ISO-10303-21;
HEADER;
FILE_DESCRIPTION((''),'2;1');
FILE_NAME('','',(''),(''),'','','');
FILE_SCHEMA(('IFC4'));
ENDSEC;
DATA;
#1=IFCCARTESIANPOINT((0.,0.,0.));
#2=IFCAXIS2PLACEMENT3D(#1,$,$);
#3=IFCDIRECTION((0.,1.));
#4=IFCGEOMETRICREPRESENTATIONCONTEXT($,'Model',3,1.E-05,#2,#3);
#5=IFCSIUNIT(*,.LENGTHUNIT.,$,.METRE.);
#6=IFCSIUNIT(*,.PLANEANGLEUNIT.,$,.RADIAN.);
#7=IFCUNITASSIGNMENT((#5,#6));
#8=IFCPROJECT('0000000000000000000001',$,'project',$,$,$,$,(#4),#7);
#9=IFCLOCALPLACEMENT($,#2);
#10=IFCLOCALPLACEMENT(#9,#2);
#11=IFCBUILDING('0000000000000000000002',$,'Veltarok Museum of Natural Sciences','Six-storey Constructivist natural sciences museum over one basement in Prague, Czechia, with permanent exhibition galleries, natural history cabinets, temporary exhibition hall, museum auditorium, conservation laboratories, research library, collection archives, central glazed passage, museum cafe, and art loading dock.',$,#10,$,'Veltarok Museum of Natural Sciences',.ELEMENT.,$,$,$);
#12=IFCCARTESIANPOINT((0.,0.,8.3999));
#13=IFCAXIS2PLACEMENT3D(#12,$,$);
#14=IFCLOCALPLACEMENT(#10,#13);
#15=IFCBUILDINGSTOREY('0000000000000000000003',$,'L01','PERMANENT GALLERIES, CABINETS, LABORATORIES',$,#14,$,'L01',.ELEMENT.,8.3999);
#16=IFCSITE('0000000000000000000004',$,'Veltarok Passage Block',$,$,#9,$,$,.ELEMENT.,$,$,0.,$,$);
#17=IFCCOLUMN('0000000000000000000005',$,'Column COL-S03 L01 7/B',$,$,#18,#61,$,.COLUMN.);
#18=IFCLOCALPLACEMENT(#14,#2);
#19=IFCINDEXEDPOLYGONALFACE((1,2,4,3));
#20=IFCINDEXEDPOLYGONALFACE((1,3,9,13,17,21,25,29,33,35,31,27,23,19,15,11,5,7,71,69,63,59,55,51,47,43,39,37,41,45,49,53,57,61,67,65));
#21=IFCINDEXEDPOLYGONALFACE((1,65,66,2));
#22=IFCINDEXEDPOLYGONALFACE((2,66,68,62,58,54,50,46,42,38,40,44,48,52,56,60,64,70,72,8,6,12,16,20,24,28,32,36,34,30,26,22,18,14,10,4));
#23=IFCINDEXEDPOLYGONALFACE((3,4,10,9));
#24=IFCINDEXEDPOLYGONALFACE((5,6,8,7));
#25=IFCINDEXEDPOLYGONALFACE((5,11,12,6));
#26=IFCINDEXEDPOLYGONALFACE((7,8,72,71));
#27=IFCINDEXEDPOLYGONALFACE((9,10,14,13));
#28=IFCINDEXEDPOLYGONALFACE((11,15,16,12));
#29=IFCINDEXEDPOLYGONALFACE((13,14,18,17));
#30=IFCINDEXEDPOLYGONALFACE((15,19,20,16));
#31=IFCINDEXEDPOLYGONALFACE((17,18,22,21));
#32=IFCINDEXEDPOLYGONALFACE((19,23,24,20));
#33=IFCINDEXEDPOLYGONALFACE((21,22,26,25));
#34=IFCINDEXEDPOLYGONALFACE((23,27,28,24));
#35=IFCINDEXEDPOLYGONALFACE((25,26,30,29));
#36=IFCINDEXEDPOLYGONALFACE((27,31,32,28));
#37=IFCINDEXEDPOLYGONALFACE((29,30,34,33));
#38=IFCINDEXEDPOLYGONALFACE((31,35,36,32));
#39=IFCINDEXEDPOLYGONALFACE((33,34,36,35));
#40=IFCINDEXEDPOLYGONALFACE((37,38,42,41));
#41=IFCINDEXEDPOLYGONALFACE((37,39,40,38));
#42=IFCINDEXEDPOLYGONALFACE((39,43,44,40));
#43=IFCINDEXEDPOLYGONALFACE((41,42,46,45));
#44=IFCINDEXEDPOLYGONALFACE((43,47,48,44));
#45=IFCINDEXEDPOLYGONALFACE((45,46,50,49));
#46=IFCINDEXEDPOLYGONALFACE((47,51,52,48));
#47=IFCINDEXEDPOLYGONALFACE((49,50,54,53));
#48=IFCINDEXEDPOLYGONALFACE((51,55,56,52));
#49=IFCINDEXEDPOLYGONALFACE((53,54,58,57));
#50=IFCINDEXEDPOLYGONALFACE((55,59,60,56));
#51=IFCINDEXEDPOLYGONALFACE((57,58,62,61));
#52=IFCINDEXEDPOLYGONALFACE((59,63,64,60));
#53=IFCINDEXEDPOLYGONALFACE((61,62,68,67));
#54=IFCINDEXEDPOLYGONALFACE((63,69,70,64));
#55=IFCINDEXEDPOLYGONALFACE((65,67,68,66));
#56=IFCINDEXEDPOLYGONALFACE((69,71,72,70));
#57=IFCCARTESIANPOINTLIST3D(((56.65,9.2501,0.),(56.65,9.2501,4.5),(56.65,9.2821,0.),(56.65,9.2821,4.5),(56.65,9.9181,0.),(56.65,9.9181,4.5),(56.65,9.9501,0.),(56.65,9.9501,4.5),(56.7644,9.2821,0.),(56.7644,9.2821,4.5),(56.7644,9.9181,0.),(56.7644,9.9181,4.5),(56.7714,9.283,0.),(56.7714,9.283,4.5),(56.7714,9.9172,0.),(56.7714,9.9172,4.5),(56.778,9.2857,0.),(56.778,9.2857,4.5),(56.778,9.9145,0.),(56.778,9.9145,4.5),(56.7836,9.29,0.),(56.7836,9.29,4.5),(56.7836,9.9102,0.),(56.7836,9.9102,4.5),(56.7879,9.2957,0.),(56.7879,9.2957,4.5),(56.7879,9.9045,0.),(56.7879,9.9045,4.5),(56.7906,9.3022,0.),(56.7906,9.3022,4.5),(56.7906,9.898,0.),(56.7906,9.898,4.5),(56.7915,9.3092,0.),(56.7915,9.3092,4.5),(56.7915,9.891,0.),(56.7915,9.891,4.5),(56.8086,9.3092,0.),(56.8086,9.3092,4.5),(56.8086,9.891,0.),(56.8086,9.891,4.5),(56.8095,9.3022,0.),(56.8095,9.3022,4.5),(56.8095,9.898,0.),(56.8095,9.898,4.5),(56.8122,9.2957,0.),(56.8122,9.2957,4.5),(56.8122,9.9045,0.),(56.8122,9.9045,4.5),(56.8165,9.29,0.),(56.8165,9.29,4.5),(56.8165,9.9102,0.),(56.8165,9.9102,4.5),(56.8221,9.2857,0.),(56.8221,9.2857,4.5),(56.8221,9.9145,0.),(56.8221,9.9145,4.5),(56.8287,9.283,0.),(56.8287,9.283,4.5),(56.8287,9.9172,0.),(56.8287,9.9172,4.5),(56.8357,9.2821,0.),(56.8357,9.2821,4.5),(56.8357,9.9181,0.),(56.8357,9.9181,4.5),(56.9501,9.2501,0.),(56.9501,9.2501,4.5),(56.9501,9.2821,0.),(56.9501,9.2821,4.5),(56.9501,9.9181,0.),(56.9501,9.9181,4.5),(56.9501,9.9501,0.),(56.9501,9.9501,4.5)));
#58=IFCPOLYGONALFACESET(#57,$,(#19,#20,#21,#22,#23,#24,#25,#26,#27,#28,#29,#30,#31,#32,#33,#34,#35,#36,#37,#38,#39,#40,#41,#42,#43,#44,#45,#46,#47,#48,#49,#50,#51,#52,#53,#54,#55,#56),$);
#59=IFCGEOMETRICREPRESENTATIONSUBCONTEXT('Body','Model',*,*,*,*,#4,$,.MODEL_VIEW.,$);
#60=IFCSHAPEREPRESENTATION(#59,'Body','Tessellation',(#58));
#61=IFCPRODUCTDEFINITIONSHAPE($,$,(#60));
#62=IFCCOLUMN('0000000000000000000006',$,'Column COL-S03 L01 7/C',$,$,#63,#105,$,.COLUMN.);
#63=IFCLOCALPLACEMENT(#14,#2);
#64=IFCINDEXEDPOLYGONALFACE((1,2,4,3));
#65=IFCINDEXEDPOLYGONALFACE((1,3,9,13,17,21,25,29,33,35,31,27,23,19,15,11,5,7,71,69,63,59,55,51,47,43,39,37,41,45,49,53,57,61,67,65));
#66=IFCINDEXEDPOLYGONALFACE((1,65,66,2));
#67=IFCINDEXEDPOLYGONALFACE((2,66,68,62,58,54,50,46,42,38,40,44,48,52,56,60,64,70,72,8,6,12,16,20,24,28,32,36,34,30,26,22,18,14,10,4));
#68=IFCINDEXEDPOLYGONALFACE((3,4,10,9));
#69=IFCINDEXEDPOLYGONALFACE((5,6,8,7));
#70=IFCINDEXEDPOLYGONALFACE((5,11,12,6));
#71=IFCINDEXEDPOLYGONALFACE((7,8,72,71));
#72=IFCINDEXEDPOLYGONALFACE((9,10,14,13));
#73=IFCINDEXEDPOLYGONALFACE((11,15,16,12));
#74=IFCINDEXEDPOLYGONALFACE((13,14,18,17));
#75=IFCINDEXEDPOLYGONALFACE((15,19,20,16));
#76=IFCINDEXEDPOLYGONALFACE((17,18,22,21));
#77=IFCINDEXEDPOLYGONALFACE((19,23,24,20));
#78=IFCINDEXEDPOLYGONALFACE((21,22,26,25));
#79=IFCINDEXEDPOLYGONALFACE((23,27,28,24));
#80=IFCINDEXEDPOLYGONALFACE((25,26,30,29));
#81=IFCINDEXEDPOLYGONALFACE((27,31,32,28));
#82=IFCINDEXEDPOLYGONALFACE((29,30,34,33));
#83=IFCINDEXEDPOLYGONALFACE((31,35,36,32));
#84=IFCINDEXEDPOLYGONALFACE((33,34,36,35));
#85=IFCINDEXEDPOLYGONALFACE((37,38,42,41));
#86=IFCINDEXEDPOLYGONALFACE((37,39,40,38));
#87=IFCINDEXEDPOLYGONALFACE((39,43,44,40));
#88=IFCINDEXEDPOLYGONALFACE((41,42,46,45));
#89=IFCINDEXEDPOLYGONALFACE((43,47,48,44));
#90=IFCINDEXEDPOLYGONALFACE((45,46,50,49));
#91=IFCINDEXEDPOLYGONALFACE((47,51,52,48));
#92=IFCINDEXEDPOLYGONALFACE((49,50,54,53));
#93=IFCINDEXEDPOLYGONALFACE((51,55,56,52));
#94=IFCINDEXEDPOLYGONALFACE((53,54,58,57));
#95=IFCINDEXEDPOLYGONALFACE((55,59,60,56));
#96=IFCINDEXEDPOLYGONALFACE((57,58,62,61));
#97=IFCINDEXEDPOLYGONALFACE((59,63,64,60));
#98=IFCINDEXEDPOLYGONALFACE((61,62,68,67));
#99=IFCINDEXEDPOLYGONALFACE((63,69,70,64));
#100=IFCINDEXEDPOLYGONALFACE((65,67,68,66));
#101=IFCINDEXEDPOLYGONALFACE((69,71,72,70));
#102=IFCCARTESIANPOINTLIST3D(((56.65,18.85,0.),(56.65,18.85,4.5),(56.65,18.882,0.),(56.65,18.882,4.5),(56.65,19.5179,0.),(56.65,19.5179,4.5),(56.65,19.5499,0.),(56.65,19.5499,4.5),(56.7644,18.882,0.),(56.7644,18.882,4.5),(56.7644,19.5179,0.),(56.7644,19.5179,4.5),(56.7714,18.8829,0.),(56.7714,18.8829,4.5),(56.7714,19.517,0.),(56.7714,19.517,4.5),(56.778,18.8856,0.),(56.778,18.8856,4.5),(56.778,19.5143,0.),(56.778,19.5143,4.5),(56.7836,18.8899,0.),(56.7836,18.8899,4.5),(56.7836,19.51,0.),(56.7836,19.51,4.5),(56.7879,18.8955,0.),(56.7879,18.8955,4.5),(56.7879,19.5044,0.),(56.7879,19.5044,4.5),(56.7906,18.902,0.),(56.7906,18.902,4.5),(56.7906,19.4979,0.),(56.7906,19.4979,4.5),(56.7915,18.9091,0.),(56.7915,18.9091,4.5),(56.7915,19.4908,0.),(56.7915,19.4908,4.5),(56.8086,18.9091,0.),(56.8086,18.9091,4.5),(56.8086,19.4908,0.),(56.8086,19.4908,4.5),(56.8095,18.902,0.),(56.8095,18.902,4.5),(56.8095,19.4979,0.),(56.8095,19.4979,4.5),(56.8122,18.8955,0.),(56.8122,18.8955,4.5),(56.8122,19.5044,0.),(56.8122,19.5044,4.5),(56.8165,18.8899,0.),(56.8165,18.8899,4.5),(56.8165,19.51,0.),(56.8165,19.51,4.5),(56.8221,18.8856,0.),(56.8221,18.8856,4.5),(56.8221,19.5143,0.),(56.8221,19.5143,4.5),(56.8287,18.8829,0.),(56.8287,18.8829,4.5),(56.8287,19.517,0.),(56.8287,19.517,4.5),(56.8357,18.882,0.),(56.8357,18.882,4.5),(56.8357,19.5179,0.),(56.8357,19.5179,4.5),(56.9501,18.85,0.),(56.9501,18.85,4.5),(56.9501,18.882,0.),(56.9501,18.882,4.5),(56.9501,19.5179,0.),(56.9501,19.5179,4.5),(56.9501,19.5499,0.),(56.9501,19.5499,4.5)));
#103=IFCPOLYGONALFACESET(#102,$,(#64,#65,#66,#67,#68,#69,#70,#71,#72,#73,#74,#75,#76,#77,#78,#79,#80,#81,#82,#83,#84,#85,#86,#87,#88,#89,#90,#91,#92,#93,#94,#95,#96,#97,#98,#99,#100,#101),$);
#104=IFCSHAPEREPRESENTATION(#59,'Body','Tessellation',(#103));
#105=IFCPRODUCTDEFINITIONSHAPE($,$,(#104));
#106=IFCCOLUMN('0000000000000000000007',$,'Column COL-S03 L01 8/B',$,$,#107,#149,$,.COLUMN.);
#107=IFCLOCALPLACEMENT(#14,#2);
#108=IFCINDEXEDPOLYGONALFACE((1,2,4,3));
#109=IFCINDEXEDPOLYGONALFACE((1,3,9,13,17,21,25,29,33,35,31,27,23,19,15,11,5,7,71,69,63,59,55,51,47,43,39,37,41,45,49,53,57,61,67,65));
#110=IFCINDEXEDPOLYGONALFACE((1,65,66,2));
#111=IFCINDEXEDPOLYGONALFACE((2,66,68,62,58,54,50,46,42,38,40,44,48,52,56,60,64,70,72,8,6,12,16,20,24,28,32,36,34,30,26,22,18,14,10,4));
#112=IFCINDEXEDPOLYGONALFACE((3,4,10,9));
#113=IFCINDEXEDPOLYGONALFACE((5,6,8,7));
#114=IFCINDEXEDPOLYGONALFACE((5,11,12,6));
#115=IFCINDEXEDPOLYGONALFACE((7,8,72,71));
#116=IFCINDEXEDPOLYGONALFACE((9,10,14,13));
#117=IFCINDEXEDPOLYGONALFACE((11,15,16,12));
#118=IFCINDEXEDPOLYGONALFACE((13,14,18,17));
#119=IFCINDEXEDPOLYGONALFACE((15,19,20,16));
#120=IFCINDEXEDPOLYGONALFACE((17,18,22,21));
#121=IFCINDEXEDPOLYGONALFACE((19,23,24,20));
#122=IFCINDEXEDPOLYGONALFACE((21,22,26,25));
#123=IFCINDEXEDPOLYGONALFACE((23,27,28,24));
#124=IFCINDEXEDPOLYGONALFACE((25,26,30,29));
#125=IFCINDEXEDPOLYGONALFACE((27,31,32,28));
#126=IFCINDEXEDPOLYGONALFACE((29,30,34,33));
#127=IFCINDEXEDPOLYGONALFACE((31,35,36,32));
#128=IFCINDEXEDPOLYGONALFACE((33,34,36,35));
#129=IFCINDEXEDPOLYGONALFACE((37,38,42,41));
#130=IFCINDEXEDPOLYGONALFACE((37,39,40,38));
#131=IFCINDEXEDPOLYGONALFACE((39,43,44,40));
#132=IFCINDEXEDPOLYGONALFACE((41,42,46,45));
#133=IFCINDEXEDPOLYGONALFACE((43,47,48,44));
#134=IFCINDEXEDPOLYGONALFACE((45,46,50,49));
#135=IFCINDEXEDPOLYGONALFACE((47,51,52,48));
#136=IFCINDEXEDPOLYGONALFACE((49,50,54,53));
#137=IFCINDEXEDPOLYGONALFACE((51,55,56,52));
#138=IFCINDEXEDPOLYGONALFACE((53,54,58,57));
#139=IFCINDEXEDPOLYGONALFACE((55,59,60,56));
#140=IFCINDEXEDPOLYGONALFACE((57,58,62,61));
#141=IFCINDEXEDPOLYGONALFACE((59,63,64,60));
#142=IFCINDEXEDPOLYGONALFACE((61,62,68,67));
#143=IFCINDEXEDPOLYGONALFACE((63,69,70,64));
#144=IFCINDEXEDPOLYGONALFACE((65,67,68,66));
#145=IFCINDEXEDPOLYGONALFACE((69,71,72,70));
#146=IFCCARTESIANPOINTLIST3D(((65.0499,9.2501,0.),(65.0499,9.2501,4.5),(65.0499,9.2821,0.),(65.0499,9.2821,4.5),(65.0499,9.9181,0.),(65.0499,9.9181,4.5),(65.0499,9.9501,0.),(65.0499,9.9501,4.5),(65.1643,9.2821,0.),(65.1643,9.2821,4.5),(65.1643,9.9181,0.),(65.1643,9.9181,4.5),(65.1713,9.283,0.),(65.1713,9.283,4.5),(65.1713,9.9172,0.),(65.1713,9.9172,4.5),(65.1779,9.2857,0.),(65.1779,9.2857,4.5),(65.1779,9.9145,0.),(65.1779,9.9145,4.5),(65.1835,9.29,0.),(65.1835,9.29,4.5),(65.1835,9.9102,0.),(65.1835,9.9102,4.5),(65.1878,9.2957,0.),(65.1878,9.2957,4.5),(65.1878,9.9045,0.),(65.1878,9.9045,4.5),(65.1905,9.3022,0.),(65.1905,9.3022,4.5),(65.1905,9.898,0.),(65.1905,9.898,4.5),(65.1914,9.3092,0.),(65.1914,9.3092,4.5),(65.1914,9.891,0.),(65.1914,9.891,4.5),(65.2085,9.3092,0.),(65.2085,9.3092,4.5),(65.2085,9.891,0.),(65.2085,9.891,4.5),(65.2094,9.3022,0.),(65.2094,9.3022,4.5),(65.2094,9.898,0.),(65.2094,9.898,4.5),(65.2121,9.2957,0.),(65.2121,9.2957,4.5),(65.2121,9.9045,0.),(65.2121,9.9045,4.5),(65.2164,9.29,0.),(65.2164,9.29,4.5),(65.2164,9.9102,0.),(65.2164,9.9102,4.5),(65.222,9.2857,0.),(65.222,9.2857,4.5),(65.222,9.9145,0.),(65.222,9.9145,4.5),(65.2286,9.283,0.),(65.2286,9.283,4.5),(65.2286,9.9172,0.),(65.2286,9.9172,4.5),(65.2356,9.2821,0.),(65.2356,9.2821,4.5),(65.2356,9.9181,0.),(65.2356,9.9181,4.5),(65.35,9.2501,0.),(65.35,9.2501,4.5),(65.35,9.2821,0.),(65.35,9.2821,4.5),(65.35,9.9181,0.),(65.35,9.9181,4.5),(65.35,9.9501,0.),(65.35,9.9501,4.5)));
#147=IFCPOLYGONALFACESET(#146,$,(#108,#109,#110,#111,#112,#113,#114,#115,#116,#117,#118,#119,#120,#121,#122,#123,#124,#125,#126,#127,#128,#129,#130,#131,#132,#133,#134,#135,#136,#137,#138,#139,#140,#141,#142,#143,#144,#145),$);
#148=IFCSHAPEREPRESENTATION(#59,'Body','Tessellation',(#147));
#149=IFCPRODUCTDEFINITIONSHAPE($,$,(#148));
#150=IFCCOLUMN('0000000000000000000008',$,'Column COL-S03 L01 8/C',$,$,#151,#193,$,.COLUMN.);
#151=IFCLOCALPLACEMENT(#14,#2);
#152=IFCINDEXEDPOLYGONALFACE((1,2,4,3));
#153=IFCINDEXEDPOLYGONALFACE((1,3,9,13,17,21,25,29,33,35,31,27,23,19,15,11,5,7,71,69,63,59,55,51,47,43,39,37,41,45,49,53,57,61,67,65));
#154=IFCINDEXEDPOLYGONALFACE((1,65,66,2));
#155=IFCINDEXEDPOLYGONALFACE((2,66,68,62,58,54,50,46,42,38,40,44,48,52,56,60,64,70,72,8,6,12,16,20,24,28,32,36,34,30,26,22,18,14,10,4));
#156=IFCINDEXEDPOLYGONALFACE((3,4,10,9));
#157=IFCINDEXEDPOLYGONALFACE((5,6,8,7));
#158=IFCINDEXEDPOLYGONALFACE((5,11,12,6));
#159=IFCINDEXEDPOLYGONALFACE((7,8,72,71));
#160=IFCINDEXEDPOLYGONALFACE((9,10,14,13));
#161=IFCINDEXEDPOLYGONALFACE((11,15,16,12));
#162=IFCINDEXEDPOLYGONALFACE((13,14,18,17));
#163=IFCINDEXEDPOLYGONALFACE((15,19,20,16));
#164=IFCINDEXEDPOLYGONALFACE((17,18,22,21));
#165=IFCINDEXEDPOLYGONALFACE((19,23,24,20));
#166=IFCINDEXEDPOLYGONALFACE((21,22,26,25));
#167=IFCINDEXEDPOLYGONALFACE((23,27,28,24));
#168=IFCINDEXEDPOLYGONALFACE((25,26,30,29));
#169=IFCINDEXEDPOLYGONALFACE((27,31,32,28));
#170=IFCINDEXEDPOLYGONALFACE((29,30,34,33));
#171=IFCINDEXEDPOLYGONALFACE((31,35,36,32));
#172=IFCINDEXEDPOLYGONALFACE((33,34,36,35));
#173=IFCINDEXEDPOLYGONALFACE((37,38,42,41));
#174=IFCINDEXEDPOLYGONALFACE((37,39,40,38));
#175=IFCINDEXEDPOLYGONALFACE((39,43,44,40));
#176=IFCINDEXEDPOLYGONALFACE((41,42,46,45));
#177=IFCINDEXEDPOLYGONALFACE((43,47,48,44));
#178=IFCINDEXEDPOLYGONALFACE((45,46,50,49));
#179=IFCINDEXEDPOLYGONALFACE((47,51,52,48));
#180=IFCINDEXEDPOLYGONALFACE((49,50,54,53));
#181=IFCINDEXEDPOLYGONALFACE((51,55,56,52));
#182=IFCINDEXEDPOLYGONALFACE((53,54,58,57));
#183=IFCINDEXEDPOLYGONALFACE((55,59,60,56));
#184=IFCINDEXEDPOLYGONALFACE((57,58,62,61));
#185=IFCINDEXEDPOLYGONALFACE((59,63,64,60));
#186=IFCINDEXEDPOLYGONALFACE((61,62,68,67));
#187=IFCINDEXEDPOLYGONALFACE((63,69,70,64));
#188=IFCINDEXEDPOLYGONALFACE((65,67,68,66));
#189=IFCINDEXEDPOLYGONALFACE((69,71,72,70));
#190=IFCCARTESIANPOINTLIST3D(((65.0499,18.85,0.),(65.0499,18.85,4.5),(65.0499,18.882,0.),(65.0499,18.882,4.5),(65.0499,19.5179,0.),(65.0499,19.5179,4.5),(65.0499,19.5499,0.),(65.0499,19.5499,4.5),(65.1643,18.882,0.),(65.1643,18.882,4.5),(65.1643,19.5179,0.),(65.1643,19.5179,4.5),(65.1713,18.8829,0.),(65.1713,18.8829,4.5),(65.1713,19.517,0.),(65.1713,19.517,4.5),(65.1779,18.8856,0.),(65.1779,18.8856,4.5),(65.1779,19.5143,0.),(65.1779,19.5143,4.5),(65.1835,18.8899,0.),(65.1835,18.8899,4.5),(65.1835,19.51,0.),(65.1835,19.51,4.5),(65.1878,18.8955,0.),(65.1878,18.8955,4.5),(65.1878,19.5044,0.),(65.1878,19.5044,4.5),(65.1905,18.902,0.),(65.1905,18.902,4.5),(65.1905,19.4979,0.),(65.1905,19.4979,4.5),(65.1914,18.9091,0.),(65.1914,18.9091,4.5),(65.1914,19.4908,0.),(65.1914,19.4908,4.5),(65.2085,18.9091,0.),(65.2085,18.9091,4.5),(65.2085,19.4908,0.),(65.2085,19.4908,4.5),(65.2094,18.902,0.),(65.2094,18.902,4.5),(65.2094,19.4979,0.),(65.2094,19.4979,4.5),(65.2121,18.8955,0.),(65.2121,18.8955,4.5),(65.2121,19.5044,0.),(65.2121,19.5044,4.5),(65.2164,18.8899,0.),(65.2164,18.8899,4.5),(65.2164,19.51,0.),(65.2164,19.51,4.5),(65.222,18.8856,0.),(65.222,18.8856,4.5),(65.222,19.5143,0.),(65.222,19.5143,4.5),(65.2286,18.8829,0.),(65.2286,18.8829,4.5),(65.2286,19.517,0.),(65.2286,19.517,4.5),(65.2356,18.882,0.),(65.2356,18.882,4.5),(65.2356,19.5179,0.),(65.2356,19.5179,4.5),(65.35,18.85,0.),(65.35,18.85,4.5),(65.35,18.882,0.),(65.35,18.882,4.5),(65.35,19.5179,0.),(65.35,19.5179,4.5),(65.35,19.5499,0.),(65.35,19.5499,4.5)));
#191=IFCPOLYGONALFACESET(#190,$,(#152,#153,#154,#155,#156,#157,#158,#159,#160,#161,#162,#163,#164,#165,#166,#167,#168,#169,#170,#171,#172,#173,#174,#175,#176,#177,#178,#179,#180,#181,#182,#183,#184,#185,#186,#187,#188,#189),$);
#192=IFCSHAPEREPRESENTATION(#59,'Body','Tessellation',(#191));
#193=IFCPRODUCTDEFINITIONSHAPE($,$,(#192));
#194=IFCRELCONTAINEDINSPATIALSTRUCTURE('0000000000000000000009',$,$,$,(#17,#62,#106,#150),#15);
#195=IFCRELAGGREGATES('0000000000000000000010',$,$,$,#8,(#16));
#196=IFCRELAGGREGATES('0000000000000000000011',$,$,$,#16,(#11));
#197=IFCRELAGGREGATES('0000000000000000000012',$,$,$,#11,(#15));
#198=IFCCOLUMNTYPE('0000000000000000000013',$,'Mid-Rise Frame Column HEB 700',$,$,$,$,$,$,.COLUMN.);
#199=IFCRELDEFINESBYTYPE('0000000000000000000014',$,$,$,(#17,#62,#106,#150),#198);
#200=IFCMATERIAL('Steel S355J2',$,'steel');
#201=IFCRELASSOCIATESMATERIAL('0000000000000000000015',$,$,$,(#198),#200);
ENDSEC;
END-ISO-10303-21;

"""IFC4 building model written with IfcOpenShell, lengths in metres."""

from ifc_helpers import new_model, si_unit, direction, frame, origin, origin_2d, place, context, subcontext, project, spatial, i_section, extrude, material, material_profile, profile_set, type_object, element, save


model = new_model("IFC4")

# Units and contexts
model_context = context("Model", 3, precision=1e-05, world=origin(), true_north=direction((0.0, 1.0)))
body_context = subcontext(model_context, "Body", "Model", "MODEL_VIEW")
ifc_project = project(units=[si_unit("LENGTHUNIT", "METRE"), si_unit("PLANEANGLEUNIT", "RADIAN")], contexts=[model_context])

# Site, building, storey
site_placement = place(None, origin())
site = spatial("IfcSite", under=ifc_project, at=site_placement, Name="Veltarok Passage Block", CompositionType="ELEMENT", RefElevation=0.0)
building_placement = place(site_placement, origin())
building = spatial("IfcBuilding", under=site, at=building_placement, Name="Veltarok Museum of Natural Sciences", Description="Six-storey Constructivist natural sciences museum over one basement in Prague, Czechia, with permanent exhibition galleries, natural history cabinets, temporary exhibition hall, museum auditorium, conservation laboratories, research library, collection archives, central glazed passage, museum cafe, and art loading dock.", LongName="Veltarok Museum of Natural Sciences", CompositionType="ELEMENT")
storey_placement = place(building_placement, frame((0.0, 0.0, 8.3999)))
storey = spatial("IfcBuildingStorey", under=building, at=storey_placement, Name="L01", Description="PERMANENT GALLERIES, CABINETS, LABORATORIES", LongName="L01", CompositionType="ELEMENT", Elevation=8.3999)

# Columns
ifc_material_1 = material(Name="Steel S355J2", Category="steel")
ifc_material_profile_1 = material_profile(ifc_material_1, i_section(OverallWidth=0.3, OverallDepth=0.7, WebThickness=0.0171, FlangeThickness=0.032, FilletRadius=0.0271, at=origin_2d()), Name="HEB 700")
ifc_profile_set_1 = profile_set([ifc_material_profile_1], Name="Steel S355J2")
column_type = type_object("IfcColumnType", Name="Mid-Rise Frame Column HEB 700", PredefinedType="COLUMN", material=ifc_profile_set_1)
for number, where, z_axis, x_axis, name in (
    (1, (56.8, 9.6001, 0.0), (0.0, 0.0, 1.0), (1.0, 0.0, 0.0), "Column COL-S03 L01 7/B"),
    (2, (56.8, 19.2, 0.0), (0.0, 0.0, 1.0), (1.0, 0.0, 0.0), "Column COL-S03 L01 7/C"),
    (3, (65.2, 9.6001, 0.0), (0.0, 0.0, 1.0), (1.0, 0.0, 0.0), "Column COL-S03 L01 8/B"),
    (4, (65.2, 19.2, 0.0), (0.0, 0.0, 1.0), (1.0, 0.0, 0.0), "Column COL-S03 L01 8/C"),
):
    element("IfcColumn", number, at=place(storey_placement, frame(where, z_axis=z_axis, x_axis=x_axis)), inside=storey, type_object=column_type, Name=name, PredefinedType="COLUMN", context=body_context, shape_type="SweptSolid", body=[
        extrude(i_section(OverallWidth=0.3, OverallDepth=0.7, WebThickness=0.0171, FlangeThickness=0.032, FilletRadius=0.0271, at=origin_2d()), origin(), (0.0, 0.0, 1.0), 4.5),
    ])

save(model, "model.ifc")
